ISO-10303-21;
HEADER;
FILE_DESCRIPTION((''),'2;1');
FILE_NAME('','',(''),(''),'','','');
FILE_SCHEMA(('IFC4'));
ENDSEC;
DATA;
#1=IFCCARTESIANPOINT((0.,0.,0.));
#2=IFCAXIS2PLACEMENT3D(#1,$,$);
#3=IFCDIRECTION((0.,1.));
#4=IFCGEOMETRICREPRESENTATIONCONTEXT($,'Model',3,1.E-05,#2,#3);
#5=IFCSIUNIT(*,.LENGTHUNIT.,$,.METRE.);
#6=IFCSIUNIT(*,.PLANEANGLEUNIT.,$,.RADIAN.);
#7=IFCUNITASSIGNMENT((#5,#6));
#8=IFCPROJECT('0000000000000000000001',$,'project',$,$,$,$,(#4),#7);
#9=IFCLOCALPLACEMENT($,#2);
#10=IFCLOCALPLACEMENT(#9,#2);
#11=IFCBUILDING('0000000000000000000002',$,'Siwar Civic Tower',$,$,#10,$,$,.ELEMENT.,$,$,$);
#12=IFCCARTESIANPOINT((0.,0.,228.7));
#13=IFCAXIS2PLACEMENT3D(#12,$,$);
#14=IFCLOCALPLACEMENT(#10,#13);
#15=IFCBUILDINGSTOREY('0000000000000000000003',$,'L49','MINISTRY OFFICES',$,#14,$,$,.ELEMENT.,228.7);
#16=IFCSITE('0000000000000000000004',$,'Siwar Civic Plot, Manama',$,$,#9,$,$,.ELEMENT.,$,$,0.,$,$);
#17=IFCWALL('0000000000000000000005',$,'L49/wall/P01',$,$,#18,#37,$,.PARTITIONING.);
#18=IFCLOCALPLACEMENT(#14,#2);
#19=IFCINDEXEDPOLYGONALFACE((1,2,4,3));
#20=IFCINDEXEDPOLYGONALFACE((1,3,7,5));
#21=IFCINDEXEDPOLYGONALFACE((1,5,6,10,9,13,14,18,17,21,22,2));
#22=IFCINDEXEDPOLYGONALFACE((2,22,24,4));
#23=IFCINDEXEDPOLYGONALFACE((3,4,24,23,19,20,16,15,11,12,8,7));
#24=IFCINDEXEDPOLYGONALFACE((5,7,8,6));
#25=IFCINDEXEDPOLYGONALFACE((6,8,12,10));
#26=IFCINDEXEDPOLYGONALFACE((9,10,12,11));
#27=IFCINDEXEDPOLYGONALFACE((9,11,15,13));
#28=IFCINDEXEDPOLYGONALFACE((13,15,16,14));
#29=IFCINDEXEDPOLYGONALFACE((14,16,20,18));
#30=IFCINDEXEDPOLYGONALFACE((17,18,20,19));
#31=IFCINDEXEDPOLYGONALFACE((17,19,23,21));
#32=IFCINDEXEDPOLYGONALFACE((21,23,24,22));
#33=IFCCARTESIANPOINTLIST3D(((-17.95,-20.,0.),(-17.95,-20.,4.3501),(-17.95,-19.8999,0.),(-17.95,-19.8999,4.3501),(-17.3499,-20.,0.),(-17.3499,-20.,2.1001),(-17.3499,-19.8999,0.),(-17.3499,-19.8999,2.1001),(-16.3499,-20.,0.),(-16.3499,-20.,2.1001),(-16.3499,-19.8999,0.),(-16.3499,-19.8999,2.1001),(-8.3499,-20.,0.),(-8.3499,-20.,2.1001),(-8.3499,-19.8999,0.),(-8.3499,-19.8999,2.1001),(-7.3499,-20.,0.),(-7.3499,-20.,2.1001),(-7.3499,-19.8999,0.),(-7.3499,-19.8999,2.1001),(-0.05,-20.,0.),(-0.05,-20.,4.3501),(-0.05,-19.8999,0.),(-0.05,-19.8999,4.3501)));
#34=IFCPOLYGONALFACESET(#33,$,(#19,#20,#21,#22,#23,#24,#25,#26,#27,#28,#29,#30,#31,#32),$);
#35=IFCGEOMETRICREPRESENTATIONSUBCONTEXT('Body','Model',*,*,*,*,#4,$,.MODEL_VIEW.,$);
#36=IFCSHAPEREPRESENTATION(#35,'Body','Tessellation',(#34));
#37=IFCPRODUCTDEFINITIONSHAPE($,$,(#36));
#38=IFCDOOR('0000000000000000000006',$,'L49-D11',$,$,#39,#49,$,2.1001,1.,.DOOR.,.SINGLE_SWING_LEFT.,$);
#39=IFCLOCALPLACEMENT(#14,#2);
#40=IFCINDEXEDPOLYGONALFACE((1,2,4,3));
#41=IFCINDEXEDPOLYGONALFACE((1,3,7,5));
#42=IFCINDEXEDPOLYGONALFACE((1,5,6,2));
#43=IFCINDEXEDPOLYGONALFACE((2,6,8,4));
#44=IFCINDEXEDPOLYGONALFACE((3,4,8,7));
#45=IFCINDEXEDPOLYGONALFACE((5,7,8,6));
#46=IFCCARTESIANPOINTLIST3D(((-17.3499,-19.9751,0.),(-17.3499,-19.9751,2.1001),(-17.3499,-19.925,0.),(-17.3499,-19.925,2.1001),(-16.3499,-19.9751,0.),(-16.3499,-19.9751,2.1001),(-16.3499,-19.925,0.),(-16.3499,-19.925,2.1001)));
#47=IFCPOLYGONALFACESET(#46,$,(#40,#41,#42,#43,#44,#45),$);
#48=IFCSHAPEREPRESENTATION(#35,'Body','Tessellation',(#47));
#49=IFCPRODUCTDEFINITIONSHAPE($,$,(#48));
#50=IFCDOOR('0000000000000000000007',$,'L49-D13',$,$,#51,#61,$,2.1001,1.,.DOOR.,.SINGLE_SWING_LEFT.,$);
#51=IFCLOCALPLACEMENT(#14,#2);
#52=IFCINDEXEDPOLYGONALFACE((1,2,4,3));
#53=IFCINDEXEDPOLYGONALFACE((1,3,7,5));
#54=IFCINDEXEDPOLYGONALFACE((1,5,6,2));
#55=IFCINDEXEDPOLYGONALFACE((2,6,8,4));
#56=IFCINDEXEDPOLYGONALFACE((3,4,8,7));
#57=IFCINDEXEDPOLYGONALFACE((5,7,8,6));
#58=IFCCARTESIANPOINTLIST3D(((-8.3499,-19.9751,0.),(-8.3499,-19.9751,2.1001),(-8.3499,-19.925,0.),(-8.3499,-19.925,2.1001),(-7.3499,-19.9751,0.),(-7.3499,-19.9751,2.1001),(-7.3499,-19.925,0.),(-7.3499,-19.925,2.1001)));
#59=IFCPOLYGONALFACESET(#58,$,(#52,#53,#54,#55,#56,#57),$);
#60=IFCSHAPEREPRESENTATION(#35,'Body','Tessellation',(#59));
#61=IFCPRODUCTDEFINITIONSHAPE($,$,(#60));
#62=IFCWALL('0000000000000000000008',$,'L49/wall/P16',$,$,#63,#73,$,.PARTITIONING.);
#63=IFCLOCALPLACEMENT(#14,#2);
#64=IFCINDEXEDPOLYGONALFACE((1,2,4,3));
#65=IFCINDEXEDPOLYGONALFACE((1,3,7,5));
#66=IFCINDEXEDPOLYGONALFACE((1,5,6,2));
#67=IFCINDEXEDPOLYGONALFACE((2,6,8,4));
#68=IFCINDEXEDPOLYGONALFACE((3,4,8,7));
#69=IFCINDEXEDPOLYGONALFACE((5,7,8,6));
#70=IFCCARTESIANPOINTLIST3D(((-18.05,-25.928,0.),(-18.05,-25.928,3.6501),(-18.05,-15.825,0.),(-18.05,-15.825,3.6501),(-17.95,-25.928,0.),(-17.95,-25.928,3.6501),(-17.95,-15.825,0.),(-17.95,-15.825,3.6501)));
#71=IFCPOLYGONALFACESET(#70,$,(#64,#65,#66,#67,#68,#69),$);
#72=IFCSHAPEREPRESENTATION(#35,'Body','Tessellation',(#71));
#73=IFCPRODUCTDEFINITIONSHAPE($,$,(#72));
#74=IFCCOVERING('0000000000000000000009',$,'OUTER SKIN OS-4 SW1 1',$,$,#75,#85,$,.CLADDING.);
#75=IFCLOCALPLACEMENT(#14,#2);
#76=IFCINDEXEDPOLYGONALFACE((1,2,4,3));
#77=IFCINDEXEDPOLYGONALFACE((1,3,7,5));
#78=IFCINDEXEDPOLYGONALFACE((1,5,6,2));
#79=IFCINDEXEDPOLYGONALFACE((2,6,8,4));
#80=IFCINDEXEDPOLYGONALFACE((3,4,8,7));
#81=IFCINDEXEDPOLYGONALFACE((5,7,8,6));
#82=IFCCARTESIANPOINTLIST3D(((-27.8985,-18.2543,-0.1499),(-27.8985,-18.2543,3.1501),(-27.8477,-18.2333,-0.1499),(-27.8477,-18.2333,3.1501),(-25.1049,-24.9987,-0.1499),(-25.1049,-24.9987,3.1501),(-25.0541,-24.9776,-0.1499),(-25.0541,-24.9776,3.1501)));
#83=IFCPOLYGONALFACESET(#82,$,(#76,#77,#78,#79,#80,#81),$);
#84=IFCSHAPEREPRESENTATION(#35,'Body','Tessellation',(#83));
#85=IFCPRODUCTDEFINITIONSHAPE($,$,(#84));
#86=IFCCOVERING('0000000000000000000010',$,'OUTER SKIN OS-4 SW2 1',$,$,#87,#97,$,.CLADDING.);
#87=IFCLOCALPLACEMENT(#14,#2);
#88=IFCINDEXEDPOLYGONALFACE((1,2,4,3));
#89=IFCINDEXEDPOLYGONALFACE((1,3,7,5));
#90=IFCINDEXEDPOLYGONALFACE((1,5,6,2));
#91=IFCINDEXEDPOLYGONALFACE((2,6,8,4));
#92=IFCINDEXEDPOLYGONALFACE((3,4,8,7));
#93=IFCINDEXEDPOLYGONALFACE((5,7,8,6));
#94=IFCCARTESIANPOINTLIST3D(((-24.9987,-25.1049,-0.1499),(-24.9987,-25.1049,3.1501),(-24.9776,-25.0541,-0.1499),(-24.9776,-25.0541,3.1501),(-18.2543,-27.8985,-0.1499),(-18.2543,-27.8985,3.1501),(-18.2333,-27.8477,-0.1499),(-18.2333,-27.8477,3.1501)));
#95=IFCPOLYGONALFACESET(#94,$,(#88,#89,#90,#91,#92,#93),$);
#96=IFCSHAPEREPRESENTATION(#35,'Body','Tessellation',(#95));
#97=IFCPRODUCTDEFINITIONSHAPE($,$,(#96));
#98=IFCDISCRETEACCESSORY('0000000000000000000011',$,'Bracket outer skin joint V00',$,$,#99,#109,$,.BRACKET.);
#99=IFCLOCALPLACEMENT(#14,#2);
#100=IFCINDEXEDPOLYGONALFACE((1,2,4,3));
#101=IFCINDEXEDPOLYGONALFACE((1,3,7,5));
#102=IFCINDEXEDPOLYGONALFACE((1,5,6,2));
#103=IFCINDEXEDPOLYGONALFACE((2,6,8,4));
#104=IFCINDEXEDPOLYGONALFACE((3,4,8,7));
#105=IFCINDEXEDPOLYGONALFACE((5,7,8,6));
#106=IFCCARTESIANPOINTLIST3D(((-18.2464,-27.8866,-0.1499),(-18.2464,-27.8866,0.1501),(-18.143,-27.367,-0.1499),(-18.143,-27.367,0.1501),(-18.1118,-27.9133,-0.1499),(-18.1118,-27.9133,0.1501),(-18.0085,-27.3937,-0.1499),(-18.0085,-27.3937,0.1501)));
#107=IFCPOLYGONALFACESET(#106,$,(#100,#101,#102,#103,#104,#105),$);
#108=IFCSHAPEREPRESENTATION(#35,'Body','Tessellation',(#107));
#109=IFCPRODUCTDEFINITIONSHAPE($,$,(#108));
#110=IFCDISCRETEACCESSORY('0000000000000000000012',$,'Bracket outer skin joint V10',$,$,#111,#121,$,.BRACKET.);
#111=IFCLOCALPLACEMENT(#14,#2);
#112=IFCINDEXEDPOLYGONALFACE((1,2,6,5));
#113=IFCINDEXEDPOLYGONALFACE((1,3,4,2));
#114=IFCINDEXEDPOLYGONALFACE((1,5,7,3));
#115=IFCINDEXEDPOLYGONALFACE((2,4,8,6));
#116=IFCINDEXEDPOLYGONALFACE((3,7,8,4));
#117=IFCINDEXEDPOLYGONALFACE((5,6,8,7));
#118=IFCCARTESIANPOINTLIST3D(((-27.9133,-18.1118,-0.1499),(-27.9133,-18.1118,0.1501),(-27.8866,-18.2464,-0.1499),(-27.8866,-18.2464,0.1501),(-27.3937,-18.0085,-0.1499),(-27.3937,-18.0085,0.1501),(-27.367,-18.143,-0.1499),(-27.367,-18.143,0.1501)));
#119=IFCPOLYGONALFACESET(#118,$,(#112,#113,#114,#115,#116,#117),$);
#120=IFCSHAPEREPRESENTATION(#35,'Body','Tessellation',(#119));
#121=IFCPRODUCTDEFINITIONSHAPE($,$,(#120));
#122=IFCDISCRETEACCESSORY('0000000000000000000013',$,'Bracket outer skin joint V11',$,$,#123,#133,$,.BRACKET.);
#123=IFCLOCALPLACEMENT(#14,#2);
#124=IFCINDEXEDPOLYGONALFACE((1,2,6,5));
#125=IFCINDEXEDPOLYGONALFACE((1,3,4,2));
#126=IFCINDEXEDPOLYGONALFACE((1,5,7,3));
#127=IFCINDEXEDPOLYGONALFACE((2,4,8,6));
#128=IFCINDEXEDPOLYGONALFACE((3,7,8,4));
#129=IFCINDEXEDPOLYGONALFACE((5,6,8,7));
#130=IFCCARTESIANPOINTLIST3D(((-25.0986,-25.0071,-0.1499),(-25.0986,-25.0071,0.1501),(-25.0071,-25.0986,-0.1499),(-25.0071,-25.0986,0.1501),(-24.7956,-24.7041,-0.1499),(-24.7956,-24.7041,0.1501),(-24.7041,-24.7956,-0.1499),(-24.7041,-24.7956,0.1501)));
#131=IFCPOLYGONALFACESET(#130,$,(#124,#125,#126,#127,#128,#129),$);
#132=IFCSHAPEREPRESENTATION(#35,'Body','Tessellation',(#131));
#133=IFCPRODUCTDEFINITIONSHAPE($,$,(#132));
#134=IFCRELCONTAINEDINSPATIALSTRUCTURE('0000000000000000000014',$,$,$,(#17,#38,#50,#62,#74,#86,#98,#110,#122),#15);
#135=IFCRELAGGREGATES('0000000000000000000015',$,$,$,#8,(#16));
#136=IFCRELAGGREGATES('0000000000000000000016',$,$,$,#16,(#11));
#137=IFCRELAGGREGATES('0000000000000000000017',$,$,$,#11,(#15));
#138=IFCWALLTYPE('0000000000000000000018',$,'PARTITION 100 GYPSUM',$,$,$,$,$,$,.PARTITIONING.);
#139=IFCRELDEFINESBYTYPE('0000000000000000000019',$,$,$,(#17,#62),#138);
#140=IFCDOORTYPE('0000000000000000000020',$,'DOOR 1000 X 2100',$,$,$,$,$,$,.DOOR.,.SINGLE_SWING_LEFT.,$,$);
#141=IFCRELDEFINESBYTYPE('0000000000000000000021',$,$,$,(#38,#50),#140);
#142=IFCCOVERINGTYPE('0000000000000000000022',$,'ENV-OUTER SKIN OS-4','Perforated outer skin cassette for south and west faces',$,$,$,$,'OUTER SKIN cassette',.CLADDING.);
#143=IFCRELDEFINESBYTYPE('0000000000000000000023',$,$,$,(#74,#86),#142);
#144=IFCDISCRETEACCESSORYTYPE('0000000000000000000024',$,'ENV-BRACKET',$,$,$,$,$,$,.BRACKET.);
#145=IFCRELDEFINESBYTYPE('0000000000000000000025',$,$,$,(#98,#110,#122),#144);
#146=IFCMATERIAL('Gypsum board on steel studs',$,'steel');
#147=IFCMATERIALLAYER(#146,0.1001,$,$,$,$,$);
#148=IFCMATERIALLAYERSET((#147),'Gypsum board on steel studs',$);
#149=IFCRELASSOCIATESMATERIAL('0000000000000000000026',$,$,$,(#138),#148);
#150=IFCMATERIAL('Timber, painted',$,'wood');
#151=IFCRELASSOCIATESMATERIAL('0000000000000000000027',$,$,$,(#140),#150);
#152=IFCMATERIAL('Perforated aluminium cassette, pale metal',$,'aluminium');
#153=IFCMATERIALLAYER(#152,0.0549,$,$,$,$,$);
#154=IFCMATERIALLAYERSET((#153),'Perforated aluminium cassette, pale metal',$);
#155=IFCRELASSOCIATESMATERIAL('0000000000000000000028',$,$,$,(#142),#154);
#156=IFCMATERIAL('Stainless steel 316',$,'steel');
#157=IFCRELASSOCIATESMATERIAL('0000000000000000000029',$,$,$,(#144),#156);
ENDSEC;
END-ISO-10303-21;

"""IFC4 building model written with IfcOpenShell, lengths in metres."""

from ifc_helpers import new_model, si_unit, direction, frame, frame_2d, origin, origin_2d, place, context, subcontext, project, spatial, rectangle, extrude, material, layer, layer_set, type_object, element, fill, save


model = new_model("IFC4")

# Units and contexts
model_context = context("Model", 3, precision=1e-05, world=origin(), true_north=direction((0.0, 1.0)))
body_context = subcontext(model_context, "Body", "Model", "MODEL_VIEW")
ifc_project = project(units=[si_unit("LENGTHUNIT", "METRE"), si_unit("PLANEANGLEUNIT", "RADIAN")], contexts=[model_context])

# Site, building, storey
site_placement = place(None, origin())
site = spatial("IfcSite", under=ifc_project, at=site_placement, Name="Siwar Civic Plot, Manama", CompositionType="ELEMENT", RefElevation=0.0)
building_placement = place(site_placement, origin())
building = spatial("IfcBuilding", under=site, at=building_placement, Name="Siwar Civic Tower", CompositionType="ELEMENT")
storey_placement = place(building_placement, frame((0.0, 0.0, 228.7)))
storey = spatial("IfcBuildingStorey", under=building, at=storey_placement, Name="L49", Description="MINISTRY OFFICES", CompositionType="ELEMENT", Elevation=228.7)

# Wall, openings, doors
ifc_material_1 = material(Name="Gypsum board on steel studs", Category="steel")
ifc_layer_1 = layer(ifc_material_1, 0.1001)
ifc_layer_set_1 = layer_set([ifc_layer_1], Name="Gypsum board on steel studs")
wall_type = type_object("IfcWallType", Name="PARTITION 100 GYPSUM", PredefinedType="PARTITIONING", material=ifc_layer_set_1)
wall_1_placement = place(storey_placement, frame((-17.95, -19.95, 0.0), z_axis=(0.0, 0.0, 1.0), x_axis=(1.0, 0.0, 0.0)))
wall_1 = element("IfcWall", 1, at=wall_1_placement, inside=storey, type_object=wall_type, Name="L49/wall/P01", PredefinedType="PARTITIONING", context=body_context, shape_type="SweptSolid", body=[
    extrude(rectangle(XDim=17.8999, YDim=0.1001, at=frame_2d((8.95, 0.0))), origin(), (0.0, 0.0, 1.0), 4.3501),
])
opening_1_placement = place(wall_1_placement, frame((0.6001, 0.0, 0.0)))
opening_1 = element("IfcOpeningElement", 2, at=opening_1_placement, cuts=wall_1, PredefinedType="OPENING", context=body_context, shape_type="SweptSolid", body=[
    extrude(rectangle(XDim=1.0, YDim=2.1001, at=frame_2d((0.5, 1.05))), frame((0.0, 0.0601, 0.0), z_axis=(0.0, -1.0, 0.0), x_axis=(1.0, 0.0, 0.0)), (0.0, 0.0, 1.0), 0.1201),
])
opening_2_placement = place(wall_1_placement, frame((9.6001, 0.0, 0.0)))
opening_2 = element("IfcOpeningElement", 3, at=opening_2_placement, cuts=wall_1, PredefinedType="OPENING", context=body_context, shape_type="SweptSolid", body=[
    extrude(rectangle(XDim=1.0, YDim=2.1001, at=frame_2d((0.5, 1.05))), frame((0.0, 0.0601, 0.0), z_axis=(0.0, -1.0, 0.0), x_axis=(1.0, 0.0, 0.0)), (0.0, 0.0, 1.0), 0.1201),
])
ifc_material_2 = material(Name="Timber, painted", Category="wood")
door_type = type_object("IfcDoorType", Name="DOOR 1000 X 2100", OperationType="SINGLE_SWING_LEFT", PredefinedType="DOOR", material=ifc_material_2)
door_1_placement = place(opening_1_placement, origin())
door_1 = element("IfcDoor", 4, at=door_1_placement, inside=storey, type_object=door_type, Name="L49-D11", OperationType="SINGLE_SWING_LEFT", OverallHeight=2.1001, OverallWidth=1.0, PredefinedType="DOOR", context=body_context, shape_type="SweptSolid", body=[
    extrude(rectangle(XDim=1.0, YDim=2.1001, at=frame_2d((0.5, 1.05))), frame((0.0, 0.0249, 0.0), z_axis=(0.0, -1.0, 0.0), x_axis=(1.0, 0.0, 0.0)), (0.0, 0.0, 1.0), 0.05),
])
fill(opening_1, door_1)
door_2_placement = place(opening_2_placement, origin())
door_2 = element("IfcDoor", 5, at=door_2_placement, inside=storey, type_object=door_type, Name="L49-D13", OperationType="SINGLE_SWING_LEFT", OverallHeight=2.1001, OverallWidth=1.0, PredefinedType="DOOR", context=body_context, shape_type="SweptSolid", body=[
    extrude(rectangle(XDim=1.0, YDim=2.1001, at=frame_2d((0.5, 1.05))), frame((0.0, 0.0249, 0.0), z_axis=(0.0, -1.0, 0.0), x_axis=(1.0, 0.0, 0.0)), (0.0, 0.0, 1.0), 0.05),
])
fill(opening_2, door_2)

# Wall
wall_2_placement = place(storey_placement, frame((-18.0, -25.928, 0.0), z_axis=(0.0, 0.0, 1.0), x_axis=(0.0, 1.0, 0.0)))
element("IfcWall", 6, at=wall_2_placement, inside=storey, type_object=wall_type, Name="L49/wall/P16", PredefinedType="PARTITIONING", context=body_context, shape_type="SweptSolid", body=[
    extrude(rectangle(XDim=10.103, YDim=0.1001, at=frame_2d((5.0515, 0.0))), origin(), (0.0, 0.0, 1.0), 3.6501),
])

# Coverings
ifc_material_3 = material(Name="Perforated aluminium cassette, pale metal", Category="aluminium")
ifc_layer_2 = layer(ifc_material_3, 0.0549)
ifc_layer_set_2 = layer_set([ifc_layer_2], Name="Perforated aluminium cassette, pale metal")
covering_type = type_object("IfcCoveringType", Name="ENV-OUTER SKIN OS-4", Description="Perforated outer skin cassette for south and west faces", ElementType="OUTER SKIN cassette", PredefinedType="CLADDING", material=ifc_layer_set_2)
for number, where, z_axis, x_axis, name in (
    (7, (-26.4763, -21.616, -0.1499), (0.0, 0.0, 1.0), (0.382683, -0.92388, 0.0), "OUTER SKIN OS-4 SW1 1"),
    (8, (-21.616, -26.4763, -0.1499), (0.0, 0.0, 1.0), (0.92388, -0.382683, 0.0), "OUTER SKIN OS-4 SW2 1"),
):
    element("IfcCovering", number, at=place(storey_placement, frame(where, z_axis=z_axis, x_axis=x_axis)), inside=storey, type_object=covering_type, Name=name, PredefinedType="CLADDING", context=body_context, shape_type="SweptSolid", body=[
        extrude(rectangle(XDim=7.3, YDim=0.0549, at=origin_2d()), origin(), (0.0, 0.0, 1.0), 3.3),
    ])

# Discrete accessories
ifc_material_4 = material(Name="Stainless steel 316", Category="steel")
discrete_accessory_type = type_object("IfcDiscreteAccessoryType", Name="ENV-BRACKET", PredefinedType="BRACKET", material=ifc_material_4)
for number, where, z_axis, x_axis, name in (
    (9, (-18.1274, -27.6401, -0.1499), (0.0, 0.0, 1.0), (-0.19509, -0.980785, 0.0), "Bracket outer skin joint V00"),
    (10, (-27.6401, -18.1274, -0.1499), (0.0, 0.0, 1.0), (-0.980785, -0.19509, 0.0), "Bracket outer skin joint V10"),
):
    element("IfcDiscreteAccessory", number, at=place(storey_placement, frame(where, z_axis=z_axis, x_axis=x_axis)), inside=storey, type_object=discrete_accessory_type, Name=name, PredefinedType="BRACKET", context=body_context, shape_type="SweptSolid", body=[
        extrude(rectangle(XDim=0.5298, YDim=0.1372, at=origin_2d()), origin(), (0.0, 0.0, 1.0), 0.3),
    ])
discrete_accessory_placement = place(storey_placement, frame((-24.9014, -24.9014, -0.1499), z_axis=(0.0, 0.0, 1.0), x_axis=(-0.707107, -0.707107, 0.0)))
element("IfcDiscreteAccessory", 11, at=discrete_accessory_placement, inside=storey, type_object=discrete_accessory_type, Name="Bracket outer skin joint V11", PredefinedType="BRACKET", context=body_context, shape_type="SweptSolid", body=[
    extrude(rectangle(XDim=0.4285, YDim=0.1294, at=origin_2d()), origin(), (0.0, 0.0, 1.0), 0.3),
])

save(model, "model.ifc")
